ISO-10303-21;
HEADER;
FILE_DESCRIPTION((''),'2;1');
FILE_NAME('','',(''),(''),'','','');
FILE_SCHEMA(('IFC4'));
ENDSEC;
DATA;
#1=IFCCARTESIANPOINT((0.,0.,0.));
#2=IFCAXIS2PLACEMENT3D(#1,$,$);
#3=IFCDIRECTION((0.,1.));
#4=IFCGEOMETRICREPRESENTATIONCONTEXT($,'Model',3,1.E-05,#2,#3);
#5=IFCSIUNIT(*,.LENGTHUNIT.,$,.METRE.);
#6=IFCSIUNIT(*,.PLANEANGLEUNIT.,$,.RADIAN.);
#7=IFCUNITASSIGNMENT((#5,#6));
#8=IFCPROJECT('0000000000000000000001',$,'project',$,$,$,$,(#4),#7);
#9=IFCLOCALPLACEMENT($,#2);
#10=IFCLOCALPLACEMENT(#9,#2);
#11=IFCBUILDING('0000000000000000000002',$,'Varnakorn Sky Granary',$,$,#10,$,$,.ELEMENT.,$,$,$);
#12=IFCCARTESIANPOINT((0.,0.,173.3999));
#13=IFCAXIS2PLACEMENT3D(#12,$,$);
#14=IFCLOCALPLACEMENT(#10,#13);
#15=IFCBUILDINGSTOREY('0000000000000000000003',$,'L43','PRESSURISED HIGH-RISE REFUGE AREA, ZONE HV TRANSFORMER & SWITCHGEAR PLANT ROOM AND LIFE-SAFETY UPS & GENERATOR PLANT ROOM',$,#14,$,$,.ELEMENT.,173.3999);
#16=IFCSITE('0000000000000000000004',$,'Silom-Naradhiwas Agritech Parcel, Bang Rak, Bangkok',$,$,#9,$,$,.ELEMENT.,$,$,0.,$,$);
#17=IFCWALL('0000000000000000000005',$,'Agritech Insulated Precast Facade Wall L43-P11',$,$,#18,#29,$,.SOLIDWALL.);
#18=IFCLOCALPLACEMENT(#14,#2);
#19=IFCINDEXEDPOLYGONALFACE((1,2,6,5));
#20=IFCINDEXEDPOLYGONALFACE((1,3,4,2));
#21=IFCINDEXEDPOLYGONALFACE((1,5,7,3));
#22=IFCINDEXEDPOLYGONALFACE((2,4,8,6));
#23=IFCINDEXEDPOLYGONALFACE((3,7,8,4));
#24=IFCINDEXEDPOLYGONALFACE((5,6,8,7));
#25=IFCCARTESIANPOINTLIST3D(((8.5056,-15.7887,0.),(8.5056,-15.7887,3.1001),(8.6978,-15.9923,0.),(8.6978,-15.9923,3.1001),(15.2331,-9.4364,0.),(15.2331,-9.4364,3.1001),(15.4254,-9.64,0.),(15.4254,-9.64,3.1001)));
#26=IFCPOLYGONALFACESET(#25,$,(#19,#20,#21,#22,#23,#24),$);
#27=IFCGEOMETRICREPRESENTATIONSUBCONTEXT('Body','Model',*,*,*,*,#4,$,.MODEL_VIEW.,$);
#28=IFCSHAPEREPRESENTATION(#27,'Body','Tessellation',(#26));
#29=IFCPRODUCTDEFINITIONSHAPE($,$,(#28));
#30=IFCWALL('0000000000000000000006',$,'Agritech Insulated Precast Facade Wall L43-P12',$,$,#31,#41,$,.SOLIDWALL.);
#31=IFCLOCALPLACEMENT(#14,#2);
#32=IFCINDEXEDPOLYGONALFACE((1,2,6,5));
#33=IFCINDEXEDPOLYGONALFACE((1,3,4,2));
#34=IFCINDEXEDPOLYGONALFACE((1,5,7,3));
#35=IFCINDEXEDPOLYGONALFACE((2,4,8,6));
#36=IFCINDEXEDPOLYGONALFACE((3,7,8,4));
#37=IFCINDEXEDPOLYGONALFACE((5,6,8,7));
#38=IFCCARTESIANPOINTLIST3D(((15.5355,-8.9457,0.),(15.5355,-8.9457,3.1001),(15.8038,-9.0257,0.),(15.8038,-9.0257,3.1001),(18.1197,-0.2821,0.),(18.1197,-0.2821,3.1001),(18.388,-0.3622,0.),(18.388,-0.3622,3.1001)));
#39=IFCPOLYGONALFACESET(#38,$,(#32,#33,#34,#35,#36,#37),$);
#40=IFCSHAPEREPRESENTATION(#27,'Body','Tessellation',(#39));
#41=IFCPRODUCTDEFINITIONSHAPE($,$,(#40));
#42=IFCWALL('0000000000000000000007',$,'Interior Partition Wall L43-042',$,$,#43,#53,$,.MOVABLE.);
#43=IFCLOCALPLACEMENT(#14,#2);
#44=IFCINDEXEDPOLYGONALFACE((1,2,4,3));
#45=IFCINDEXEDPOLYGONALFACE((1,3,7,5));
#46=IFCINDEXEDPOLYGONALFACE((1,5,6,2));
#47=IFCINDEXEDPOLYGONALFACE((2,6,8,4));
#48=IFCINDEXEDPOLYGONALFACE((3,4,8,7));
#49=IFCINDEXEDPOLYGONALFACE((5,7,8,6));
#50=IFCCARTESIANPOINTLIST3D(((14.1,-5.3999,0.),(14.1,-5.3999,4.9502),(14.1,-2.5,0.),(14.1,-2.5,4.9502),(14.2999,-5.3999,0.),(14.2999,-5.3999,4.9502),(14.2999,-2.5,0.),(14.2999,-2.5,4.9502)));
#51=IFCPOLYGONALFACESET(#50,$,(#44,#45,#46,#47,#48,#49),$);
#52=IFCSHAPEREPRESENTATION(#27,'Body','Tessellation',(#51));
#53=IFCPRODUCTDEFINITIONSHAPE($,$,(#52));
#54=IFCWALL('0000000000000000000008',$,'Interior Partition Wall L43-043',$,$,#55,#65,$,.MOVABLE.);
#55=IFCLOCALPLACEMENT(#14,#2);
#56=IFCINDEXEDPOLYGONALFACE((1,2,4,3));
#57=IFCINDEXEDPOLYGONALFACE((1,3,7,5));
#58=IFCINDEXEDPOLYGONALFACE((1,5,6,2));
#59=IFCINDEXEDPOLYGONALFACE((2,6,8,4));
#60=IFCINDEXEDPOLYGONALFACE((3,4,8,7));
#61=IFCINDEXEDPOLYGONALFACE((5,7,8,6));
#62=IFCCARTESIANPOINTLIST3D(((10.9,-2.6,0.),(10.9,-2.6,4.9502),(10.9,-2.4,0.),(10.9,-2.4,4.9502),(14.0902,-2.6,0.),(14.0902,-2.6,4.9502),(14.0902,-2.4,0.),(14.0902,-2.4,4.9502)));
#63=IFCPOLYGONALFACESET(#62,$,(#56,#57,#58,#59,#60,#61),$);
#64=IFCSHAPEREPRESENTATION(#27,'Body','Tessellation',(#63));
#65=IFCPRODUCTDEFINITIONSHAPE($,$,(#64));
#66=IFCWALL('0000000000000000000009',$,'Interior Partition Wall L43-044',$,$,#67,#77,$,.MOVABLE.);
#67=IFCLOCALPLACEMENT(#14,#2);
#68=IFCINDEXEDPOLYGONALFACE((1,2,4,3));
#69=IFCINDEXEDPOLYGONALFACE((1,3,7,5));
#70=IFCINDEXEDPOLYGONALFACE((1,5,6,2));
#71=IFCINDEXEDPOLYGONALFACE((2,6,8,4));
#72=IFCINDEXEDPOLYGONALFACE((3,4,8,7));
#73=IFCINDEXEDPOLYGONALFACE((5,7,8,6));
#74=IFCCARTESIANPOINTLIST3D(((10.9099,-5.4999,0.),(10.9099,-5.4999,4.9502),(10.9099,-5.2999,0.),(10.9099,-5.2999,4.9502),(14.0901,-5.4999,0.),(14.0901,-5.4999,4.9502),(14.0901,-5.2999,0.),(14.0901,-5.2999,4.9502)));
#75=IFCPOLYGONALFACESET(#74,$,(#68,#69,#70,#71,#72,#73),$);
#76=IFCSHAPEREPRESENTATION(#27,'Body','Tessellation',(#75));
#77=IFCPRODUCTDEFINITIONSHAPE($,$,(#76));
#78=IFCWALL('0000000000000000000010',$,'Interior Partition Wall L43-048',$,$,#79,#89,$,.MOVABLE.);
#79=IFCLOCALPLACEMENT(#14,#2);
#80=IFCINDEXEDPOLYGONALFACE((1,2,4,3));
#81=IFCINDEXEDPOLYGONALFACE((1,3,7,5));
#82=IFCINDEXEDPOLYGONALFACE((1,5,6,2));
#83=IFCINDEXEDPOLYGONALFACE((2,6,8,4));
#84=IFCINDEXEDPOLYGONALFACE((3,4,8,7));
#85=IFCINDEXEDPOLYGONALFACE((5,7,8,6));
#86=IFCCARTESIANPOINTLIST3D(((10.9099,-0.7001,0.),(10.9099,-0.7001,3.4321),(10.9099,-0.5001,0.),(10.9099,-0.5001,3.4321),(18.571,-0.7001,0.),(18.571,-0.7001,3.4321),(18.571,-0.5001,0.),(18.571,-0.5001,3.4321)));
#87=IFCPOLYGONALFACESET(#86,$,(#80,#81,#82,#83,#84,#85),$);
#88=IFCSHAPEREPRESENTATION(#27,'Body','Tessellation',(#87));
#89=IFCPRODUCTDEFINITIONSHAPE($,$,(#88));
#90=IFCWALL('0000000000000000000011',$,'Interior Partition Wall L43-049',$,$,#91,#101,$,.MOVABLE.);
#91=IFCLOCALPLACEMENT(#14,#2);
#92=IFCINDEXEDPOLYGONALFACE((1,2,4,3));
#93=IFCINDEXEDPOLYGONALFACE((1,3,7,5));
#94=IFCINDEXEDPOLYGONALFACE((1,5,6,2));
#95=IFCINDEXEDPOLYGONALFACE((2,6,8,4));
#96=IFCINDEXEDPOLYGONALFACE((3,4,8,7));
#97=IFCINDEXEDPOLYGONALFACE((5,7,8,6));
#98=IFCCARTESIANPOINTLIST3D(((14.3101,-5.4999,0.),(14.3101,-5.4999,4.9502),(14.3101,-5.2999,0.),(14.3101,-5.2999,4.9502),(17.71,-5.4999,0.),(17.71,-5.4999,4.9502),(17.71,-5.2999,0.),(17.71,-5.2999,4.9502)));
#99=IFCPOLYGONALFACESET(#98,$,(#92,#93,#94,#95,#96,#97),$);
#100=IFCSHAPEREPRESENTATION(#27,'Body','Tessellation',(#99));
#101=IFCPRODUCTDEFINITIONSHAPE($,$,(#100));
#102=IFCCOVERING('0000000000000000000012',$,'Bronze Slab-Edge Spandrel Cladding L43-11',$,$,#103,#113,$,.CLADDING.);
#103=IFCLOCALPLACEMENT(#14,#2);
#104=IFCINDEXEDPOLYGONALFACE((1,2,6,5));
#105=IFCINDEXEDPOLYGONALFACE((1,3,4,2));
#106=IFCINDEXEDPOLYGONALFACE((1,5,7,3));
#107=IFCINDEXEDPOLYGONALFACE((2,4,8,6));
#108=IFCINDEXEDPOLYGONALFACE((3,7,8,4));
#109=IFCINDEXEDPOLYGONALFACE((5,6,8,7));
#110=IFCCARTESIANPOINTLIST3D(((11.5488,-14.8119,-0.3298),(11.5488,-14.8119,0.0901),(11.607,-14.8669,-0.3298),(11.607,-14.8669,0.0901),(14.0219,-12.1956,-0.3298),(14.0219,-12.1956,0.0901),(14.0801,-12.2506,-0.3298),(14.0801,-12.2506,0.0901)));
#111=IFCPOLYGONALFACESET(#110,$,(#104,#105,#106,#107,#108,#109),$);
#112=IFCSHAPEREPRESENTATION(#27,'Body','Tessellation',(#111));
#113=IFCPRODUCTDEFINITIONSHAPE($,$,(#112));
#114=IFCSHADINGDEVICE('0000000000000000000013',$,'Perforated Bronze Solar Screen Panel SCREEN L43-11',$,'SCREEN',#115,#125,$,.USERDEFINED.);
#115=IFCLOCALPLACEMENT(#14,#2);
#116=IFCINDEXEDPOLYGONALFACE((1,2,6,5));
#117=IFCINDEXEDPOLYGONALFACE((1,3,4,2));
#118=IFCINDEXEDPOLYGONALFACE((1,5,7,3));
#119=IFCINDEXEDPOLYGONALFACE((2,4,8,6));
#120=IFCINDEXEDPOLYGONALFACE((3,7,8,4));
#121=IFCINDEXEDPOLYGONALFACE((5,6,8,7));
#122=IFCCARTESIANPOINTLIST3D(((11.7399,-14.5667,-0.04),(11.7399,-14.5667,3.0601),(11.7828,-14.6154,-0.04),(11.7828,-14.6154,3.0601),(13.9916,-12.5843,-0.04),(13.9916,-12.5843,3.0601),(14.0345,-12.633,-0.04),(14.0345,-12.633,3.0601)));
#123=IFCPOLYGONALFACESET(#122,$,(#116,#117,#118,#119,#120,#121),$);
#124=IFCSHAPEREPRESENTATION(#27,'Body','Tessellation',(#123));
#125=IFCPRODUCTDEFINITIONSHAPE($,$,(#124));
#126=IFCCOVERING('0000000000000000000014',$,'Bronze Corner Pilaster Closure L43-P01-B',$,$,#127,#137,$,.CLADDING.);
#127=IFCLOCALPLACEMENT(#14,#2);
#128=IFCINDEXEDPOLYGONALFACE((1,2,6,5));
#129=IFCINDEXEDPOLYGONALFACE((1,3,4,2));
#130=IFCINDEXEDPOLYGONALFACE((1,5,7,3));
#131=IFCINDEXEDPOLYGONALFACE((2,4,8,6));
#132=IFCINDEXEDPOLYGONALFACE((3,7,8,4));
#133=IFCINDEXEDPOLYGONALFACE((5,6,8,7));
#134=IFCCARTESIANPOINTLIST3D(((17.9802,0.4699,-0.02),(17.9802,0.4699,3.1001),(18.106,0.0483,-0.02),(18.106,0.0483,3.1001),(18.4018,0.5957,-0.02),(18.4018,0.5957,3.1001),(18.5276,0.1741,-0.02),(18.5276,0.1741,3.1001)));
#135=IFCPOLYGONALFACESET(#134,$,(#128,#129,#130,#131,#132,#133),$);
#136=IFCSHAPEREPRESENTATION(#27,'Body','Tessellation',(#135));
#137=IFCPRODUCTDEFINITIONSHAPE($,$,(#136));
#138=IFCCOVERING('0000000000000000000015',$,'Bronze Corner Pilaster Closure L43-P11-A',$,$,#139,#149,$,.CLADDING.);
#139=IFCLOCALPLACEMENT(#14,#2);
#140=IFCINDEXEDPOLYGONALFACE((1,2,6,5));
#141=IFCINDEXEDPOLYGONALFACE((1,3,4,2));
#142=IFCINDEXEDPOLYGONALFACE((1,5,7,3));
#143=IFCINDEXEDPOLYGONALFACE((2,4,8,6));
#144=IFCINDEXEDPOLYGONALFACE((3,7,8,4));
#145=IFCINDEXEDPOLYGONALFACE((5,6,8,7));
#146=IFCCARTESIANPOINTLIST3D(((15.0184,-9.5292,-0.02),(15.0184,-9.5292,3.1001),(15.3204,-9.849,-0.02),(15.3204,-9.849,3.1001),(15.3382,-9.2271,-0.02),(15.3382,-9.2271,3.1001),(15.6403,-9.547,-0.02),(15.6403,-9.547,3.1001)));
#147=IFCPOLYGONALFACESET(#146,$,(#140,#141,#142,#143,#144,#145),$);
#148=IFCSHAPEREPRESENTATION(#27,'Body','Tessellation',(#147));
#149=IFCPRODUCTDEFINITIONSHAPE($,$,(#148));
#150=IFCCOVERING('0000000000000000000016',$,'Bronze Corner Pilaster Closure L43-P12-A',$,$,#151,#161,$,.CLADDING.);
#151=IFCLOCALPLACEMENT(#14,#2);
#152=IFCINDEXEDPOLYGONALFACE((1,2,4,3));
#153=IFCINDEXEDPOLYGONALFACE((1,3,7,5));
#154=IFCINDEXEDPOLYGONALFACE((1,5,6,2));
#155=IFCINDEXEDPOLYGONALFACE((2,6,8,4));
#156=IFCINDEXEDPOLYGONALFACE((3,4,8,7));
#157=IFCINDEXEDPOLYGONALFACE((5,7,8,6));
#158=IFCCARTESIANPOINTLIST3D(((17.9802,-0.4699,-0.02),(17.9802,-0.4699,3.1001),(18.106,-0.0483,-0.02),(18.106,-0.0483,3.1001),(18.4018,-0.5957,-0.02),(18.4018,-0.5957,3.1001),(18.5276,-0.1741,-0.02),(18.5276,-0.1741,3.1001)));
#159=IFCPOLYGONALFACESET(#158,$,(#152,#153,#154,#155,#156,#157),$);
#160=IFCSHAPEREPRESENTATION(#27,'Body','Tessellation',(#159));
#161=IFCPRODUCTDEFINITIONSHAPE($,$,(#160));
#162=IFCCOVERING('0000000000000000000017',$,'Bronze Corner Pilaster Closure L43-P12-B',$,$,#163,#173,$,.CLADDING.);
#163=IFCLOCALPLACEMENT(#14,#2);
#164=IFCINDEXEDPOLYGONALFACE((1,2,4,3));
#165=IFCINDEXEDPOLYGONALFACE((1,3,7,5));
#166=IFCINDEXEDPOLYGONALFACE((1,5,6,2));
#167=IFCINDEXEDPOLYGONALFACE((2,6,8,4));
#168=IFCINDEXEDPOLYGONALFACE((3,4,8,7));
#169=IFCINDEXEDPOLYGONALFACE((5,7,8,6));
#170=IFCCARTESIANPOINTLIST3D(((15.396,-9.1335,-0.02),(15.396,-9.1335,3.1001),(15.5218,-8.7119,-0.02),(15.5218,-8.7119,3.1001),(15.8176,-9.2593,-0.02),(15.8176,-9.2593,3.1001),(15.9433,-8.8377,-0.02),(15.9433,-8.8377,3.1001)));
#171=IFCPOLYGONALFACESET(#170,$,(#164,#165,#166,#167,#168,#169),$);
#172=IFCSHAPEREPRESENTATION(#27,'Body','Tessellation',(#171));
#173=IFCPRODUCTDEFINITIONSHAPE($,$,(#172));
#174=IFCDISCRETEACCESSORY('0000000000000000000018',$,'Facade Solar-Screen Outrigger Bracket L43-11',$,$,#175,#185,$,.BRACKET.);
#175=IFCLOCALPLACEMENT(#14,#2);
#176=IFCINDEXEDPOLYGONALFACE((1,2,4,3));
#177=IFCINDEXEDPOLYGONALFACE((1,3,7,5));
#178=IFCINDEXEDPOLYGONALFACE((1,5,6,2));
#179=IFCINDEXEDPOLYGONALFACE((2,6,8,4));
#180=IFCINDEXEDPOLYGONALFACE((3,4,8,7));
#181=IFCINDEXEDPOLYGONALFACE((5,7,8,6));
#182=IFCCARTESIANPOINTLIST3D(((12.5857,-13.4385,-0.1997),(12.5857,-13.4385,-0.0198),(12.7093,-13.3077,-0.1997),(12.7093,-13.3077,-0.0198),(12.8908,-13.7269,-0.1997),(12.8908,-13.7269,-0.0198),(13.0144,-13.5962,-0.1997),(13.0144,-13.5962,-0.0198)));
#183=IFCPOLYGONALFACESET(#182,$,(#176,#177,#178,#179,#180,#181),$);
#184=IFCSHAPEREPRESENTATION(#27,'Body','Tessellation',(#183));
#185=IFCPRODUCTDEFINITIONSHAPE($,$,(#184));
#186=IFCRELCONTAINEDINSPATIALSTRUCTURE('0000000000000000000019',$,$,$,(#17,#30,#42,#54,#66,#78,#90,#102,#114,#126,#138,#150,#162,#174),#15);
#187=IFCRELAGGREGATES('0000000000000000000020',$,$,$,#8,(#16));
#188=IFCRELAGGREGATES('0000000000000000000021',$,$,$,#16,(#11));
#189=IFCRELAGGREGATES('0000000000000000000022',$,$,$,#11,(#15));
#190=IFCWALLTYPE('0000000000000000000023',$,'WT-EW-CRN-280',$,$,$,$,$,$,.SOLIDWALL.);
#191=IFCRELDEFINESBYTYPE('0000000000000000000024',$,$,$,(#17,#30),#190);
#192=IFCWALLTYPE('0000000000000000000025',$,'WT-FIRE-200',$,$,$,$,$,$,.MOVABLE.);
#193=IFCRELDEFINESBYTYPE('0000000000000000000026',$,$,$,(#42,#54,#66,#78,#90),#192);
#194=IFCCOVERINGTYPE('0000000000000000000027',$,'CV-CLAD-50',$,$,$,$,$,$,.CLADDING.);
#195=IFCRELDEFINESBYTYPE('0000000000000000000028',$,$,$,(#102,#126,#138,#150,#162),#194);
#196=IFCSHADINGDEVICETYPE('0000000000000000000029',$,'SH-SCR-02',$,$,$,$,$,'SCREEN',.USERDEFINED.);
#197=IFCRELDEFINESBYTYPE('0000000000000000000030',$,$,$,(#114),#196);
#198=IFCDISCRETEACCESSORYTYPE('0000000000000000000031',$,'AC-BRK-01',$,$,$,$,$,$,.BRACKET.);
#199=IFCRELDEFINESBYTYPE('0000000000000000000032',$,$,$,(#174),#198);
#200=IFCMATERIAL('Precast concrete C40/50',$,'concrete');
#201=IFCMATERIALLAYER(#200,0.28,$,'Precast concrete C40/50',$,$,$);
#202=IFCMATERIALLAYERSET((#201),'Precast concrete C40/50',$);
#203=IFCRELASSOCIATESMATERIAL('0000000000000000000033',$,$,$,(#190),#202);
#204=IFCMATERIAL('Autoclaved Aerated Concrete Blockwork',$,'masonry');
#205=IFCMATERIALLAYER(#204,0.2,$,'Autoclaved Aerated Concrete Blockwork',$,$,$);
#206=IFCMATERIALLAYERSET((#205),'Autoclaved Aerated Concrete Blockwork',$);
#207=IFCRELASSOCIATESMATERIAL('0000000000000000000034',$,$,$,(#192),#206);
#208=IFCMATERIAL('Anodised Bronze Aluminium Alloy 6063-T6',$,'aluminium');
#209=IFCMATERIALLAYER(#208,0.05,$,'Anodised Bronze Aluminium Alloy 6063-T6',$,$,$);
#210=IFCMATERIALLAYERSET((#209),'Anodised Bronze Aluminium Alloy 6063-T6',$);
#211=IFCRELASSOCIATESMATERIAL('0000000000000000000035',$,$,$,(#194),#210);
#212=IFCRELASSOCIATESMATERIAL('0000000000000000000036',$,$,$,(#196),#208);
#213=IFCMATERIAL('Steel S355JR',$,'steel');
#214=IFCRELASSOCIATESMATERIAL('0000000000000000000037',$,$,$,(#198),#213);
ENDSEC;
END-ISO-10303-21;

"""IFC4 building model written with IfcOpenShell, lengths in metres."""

from ifc_helpers import new_model, si_unit, direction, frame, frame_2d, origin, origin_2d, place, context, subcontext, project, spatial, rectangle, extrude, source, transform, mapped, material, layer, layer_set, type_object, type_shapes, element, save


model = new_model("IFC4")

# Units and contexts
model_context = context("Model", 3, precision=1e-05, world=origin(), true_north=direction((0.0, 1.0)))
body_context = subcontext(model_context, "Body", "Model", "MODEL_VIEW")
ifc_project = project(units=[si_unit("LENGTHUNIT", "METRE"), si_unit("PLANEANGLEUNIT", "RADIAN")], contexts=[model_context])

# Site, building, storey
site_placement = place(None, origin())
site = spatial("IfcSite", under=ifc_project, at=site_placement, Name="Silom-Naradhiwas Agritech Parcel, Bang Rak, Bangkok", CompositionType="ELEMENT", RefElevation=0.0)
building_placement = place(site_placement, origin())
building = spatial("IfcBuilding", under=site, at=building_placement, Name="Varnakorn Sky Granary", CompositionType="ELEMENT")
storey_placement = place(building_placement, frame((0.0, 0.0, 173.3999)))
storey = spatial("IfcBuildingStorey", under=building, at=storey_placement, Name="L43", Description="PRESSURISED HIGH-RISE REFUGE AREA, ZONE HV TRANSFORMER & SWITCHGEAR PLANT ROOM AND LIFE-SAFETY UPS & GENERATOR PLANT ROOM", CompositionType="ELEMENT", Elevation=173.3999)

# Shared definitions
ifc_material_1 = material(Name="Steel S355JR", Category="steel")

# Walls
ifc_material_2 = material(Name="Precast concrete C40/50", Category="concrete")
ifc_layer_1 = layer(ifc_material_2, 0.28, Name="Precast concrete C40/50")
ifc_layer_set_1 = layer_set([ifc_layer_1], Name="Precast concrete C40/50")
wall_type_1 = type_object("IfcWallType", Name="WT-EW-CRN-280", PredefinedType="SOLIDWALL", material=ifc_layer_set_1)
wall_1_placement = place(storey_placement, frame((15.3293, -9.5381, 0.0), z_axis=(0.0, 0.0, 1.0), x_axis=(-0.727094, -0.686538, 0.0)))
element("IfcWall", 1, at=wall_1_placement, inside=storey, type_object=wall_type_1, Name="Agritech Insulated Precast Facade Wall L43-P11", PredefinedType="SOLIDWALL", context=body_context, shape_type="SweptSolid", body=[
    extrude(rectangle(XDim=9.2527, YDim=0.28, at=frame_2d((4.6265, 0.0))), origin(), (0.0, 0.0, 1.0), 3.1001),
])
wall_2_placement = place(storey_placement, frame((18.2539, -0.322, 0.0), z_axis=(0.0, 0.0, 1.0), x_axis=(-0.285841, -0.958277, 0.0)))
element("IfcWall", 2, at=wall_2_placement, inside=storey, type_object=wall_type_1, Name="Agritech Insulated Precast Facade Wall L43-P12", PredefinedType="SOLIDWALL", context=body_context, shape_type="SweptSolid", body=[
    extrude(rectangle(XDim=9.0408, YDim=0.28, at=frame_2d((4.5205, 0.0))), origin(), (0.0, 0.0, 1.0), 3.1001),
])
ifc_material_3 = material(Name="Autoclaved Aerated Concrete Blockwork", Category="masonry")
ifc_layer_2 = layer(ifc_material_3, 0.2, Name="Autoclaved Aerated Concrete Blockwork")
ifc_layer_set_2 = layer_set([ifc_layer_2], Name="Autoclaved Aerated Concrete Blockwork")
wall_type_2 = type_object("IfcWallType", Name="WT-FIRE-200", PredefinedType="MOVABLE", material=ifc_layer_set_2)
wall_3_placement = place(storey_placement, frame((14.2, -2.5, 0.0), z_axis=(0.0, 0.0, 1.0), x_axis=(0.0, -1.0, 0.0)))
element("IfcWall", 3, at=wall_3_placement, inside=storey, type_object=wall_type_2, Name="Interior Partition Wall L43-042", PredefinedType="MOVABLE", context=body_context, shape_type="SweptSolid", body=[
    extrude(rectangle(XDim=2.8999, YDim=0.2, at=frame_2d((1.45, 0.0))), origin(), (0.0, 0.0, 1.0), 4.9502),
])
wall_4_placement = place(storey_placement, frame((10.8999, -2.5, 0.0), z_axis=(0.0, 0.0, 1.0), x_axis=(1.0, 0.0, 0.0)))
element("IfcWall", 4, at=wall_4_placement, inside=storey, type_object=wall_type_2, Name="Interior Partition Wall L43-043", PredefinedType="MOVABLE", context=body_context, shape_type="SweptSolid", body=[
    extrude(rectangle(XDim=3.1902, YDim=0.2, at=frame_2d((1.5952, 0.0))), origin(), (0.0, 0.0, 1.0), 4.9502),
])
wall_5_placement = place(storey_placement, frame((14.0901, -5.3999, 0.0), z_axis=(0.0, 0.0, 1.0), x_axis=(-1.0, 0.0, 0.0)))
element("IfcWall", 5, at=wall_5_placement, inside=storey, type_object=wall_type_2, Name="Interior Partition Wall L43-044", PredefinedType="MOVABLE", context=body_context, shape_type="SweptSolid", body=[
    extrude(rectangle(XDim=3.1802, YDim=0.2, at=frame_2d((1.5901, 0.0))), origin(), (0.0, 0.0, 1.0), 4.9502),
])
wall_6_placement = place(storey_placement, frame((18.571, -0.6001, 0.0), z_axis=(0.0, 0.0, 1.0), x_axis=(-1.0, 0.0, 0.0)))
element("IfcWall", 6, at=wall_6_placement, inside=storey, type_object=wall_type_2, Name="Interior Partition Wall L43-048", PredefinedType="MOVABLE", context=body_context, shape_type="SweptSolid", body=[
    extrude(rectangle(XDim=7.6611, YDim=0.2, at=frame_2d((3.8306, 0.0))), origin(), (0.0, 0.0, 1.0), 3.4321),
])
wall_7_placement = place(storey_placement, frame((17.71, -5.3999, 0.0), z_axis=(0.0, 0.0, 1.0), x_axis=(-1.0, 0.0, 0.0)))
element("IfcWall", 7, at=wall_7_placement, inside=storey, type_object=wall_type_2, Name="Interior Partition Wall L43-049", PredefinedType="MOVABLE", context=body_context, shape_type="SweptSolid", body=[
    extrude(rectangle(XDim=3.3999, YDim=0.2, at=frame_2d((1.7, 0.0))), origin(), (0.0, 0.0, 1.0), 4.9502),
])

# Shared definitions
ifc_material_4 = material(Name="Anodised Bronze Aluminium Alloy 6063-T6", Category="aluminium")

# Covering
ifc_layer_3 = layer(ifc_material_4, 0.05, Name="Anodised Bronze Aluminium Alloy 6063-T6")
ifc_layer_set_3 = layer_set([ifc_layer_3], Name="Anodised Bronze Aluminium Alloy 6063-T6")
covering_type = type_object("IfcCoveringType", Name="CV-CLAD-50", PredefinedType="CLADDING", material=ifc_layer_set_3)
shared_shape_1 = source(origin(), body_context, "Body", "SweptSolid", [
    extrude(rectangle(XDim=3.6001, YDim=0.0801, at=origin_2d()), origin(), (0.0, 0.0, 1.0), 0.4199),
])
covering_placement = place(storey_placement, frame((12.8145, -13.5312, -0.3298), z_axis=(0.0, 0.0, 1.0), x_axis=(0.686942, 0.726712, 0.0)))
element("IfcCovering", 8, at=covering_placement, inside=storey, type_object=covering_type, Name="Bronze Slab-Edge Spandrel Cladding L43-11", PredefinedType="CLADDING", context=body_context, shape_type="MappedRepresentation", body=[
    mapped(shared_shape_1, transform((0.0, 0.0, 0.0), x_axis=(1.0, 0.0, 0.0), y_axis=(0.0, 1.0, 0.0), z_axis=(0.0, 0.0, 1.0), scale=1.0)),
])

# Shading device
shading_device_type = type_object("IfcShadingDeviceType", Name="SH-SCR-02", ElementType="SCREEN", PredefinedType="USERDEFINED", material=ifc_material_4)
shared_shape_2 = source(origin(), body_context, "Body", "SweptSolid", [
    extrude(rectangle(XDim=3.0, YDim=0.0649, at=origin_2d()), origin(), (0.0, 0.0, 1.0), 3.1001),
])
type_shapes(shading_device_type, [shared_shape_2])
shading_device_placement = place(storey_placement, frame((12.8872, -13.5999, -0.04), z_axis=(0.0, 0.0, 1.0), x_axis=(0.750556, 0.660807, 0.0)))
element("IfcShadingDevice", 9, at=shading_device_placement, inside=storey, type_object=shading_device_type, Name="Perforated Bronze Solar Screen Panel SCREEN L43-11", ObjectType="SCREEN", PredefinedType="USERDEFINED", context=body_context, shape_type="MappedRepresentation", body=[
    mapped(shared_shape_2, transform((0.0, 0.0, 0.0), x_axis=(1.0, 0.0, 0.0), y_axis=(0.0, 1.0, 0.0), z_axis=(0.0, 0.0, 1.0), scale=1.0)),
])

# Coverings
shared_shape_3 = source(origin(), body_context, "Body", "SweptSolid", [
    extrude(rectangle(XDim=0.4399, YDim=0.4399, at=origin_2d()), origin(), (0.0, 0.0, 1.0), 3.1201),
])
type_shapes(covering_type, [shared_shape_1, shared_shape_3])
for number, where, z_axis, x_axis, name in (
    (10, (18.2539, 0.322, -0.02), (0.0, 0.0, 1.0), (0.285856, -0.958273, 0.0), "Bronze Corner Pilaster Closure L43-P01-B"),
    (11, (15.3293, -9.5381, -0.02), (0.0, 0.0, 1.0), (-0.727054, -0.68658, 0.0), "Bronze Corner Pilaster Closure L43-P11-A"),
    (12, (18.2539, -0.322, -0.02), (0.0, 0.0, 1.0), (-0.285856, -0.958273, 0.0), "Bronze Corner Pilaster Closure L43-P12-A"),
    (13, (15.6697, -8.9856, -0.02), (0.0, 0.0, 1.0), (-0.285856, -0.958273, 0.0), "Bronze Corner Pilaster Closure L43-P12-B"),
):
    element("IfcCovering", number, at=place(storey_placement, frame(where, z_axis=z_axis, x_axis=x_axis)), inside=storey, type_object=covering_type, Name=name, PredefinedType="CLADDING", context=body_context, shape_type="MappedRepresentation", body=[
        mapped(shared_shape_3, transform((0.0, 0.0, 0.0), x_axis=(1.0, 0.0, 0.0), y_axis=(0.0, 1.0, 0.0), z_axis=(0.0, 0.0, 1.0), scale=1.0)),
    ])

# Discrete accessory
discrete_accessory_type = type_object("IfcDiscreteAccessoryType", Name="AC-BRK-01", PredefinedType="BRACKET", material=ifc_material_1)
shared_shape_4 = source(origin(), body_context, "Body", "SweptSolid", [
    extrude(rectangle(XDim=0.1799, YDim=0.4199, at=origin_2d()), origin(), (0.0, 0.0, 1.0), 0.1799),
])
type_shapes(discrete_accessory_type, [shared_shape_4])
discrete_accessory_placement = place(storey_placement, frame((12.8, -13.5173, -0.1997), z_axis=(0.0, 0.0, 1.0), x_axis=(0.686942, 0.726712, 0.0)))
element("IfcDiscreteAccessory", 14, at=discrete_accessory_placement, inside=storey, type_object=discrete_accessory_type, Name="Facade Solar-Screen Outrigger Bracket L43-11", PredefinedType="BRACKET", context=body_context, shape_type="MappedRepresentation", body=[
    mapped(shared_shape_4, transform((0.0, 0.0, 0.0), x_axis=(1.0, 0.0, 0.0), y_axis=(0.0, 1.0, 0.0), z_axis=(0.0, 0.0, 1.0), scale=1.0)),
])

save(model, "model.ifc")
